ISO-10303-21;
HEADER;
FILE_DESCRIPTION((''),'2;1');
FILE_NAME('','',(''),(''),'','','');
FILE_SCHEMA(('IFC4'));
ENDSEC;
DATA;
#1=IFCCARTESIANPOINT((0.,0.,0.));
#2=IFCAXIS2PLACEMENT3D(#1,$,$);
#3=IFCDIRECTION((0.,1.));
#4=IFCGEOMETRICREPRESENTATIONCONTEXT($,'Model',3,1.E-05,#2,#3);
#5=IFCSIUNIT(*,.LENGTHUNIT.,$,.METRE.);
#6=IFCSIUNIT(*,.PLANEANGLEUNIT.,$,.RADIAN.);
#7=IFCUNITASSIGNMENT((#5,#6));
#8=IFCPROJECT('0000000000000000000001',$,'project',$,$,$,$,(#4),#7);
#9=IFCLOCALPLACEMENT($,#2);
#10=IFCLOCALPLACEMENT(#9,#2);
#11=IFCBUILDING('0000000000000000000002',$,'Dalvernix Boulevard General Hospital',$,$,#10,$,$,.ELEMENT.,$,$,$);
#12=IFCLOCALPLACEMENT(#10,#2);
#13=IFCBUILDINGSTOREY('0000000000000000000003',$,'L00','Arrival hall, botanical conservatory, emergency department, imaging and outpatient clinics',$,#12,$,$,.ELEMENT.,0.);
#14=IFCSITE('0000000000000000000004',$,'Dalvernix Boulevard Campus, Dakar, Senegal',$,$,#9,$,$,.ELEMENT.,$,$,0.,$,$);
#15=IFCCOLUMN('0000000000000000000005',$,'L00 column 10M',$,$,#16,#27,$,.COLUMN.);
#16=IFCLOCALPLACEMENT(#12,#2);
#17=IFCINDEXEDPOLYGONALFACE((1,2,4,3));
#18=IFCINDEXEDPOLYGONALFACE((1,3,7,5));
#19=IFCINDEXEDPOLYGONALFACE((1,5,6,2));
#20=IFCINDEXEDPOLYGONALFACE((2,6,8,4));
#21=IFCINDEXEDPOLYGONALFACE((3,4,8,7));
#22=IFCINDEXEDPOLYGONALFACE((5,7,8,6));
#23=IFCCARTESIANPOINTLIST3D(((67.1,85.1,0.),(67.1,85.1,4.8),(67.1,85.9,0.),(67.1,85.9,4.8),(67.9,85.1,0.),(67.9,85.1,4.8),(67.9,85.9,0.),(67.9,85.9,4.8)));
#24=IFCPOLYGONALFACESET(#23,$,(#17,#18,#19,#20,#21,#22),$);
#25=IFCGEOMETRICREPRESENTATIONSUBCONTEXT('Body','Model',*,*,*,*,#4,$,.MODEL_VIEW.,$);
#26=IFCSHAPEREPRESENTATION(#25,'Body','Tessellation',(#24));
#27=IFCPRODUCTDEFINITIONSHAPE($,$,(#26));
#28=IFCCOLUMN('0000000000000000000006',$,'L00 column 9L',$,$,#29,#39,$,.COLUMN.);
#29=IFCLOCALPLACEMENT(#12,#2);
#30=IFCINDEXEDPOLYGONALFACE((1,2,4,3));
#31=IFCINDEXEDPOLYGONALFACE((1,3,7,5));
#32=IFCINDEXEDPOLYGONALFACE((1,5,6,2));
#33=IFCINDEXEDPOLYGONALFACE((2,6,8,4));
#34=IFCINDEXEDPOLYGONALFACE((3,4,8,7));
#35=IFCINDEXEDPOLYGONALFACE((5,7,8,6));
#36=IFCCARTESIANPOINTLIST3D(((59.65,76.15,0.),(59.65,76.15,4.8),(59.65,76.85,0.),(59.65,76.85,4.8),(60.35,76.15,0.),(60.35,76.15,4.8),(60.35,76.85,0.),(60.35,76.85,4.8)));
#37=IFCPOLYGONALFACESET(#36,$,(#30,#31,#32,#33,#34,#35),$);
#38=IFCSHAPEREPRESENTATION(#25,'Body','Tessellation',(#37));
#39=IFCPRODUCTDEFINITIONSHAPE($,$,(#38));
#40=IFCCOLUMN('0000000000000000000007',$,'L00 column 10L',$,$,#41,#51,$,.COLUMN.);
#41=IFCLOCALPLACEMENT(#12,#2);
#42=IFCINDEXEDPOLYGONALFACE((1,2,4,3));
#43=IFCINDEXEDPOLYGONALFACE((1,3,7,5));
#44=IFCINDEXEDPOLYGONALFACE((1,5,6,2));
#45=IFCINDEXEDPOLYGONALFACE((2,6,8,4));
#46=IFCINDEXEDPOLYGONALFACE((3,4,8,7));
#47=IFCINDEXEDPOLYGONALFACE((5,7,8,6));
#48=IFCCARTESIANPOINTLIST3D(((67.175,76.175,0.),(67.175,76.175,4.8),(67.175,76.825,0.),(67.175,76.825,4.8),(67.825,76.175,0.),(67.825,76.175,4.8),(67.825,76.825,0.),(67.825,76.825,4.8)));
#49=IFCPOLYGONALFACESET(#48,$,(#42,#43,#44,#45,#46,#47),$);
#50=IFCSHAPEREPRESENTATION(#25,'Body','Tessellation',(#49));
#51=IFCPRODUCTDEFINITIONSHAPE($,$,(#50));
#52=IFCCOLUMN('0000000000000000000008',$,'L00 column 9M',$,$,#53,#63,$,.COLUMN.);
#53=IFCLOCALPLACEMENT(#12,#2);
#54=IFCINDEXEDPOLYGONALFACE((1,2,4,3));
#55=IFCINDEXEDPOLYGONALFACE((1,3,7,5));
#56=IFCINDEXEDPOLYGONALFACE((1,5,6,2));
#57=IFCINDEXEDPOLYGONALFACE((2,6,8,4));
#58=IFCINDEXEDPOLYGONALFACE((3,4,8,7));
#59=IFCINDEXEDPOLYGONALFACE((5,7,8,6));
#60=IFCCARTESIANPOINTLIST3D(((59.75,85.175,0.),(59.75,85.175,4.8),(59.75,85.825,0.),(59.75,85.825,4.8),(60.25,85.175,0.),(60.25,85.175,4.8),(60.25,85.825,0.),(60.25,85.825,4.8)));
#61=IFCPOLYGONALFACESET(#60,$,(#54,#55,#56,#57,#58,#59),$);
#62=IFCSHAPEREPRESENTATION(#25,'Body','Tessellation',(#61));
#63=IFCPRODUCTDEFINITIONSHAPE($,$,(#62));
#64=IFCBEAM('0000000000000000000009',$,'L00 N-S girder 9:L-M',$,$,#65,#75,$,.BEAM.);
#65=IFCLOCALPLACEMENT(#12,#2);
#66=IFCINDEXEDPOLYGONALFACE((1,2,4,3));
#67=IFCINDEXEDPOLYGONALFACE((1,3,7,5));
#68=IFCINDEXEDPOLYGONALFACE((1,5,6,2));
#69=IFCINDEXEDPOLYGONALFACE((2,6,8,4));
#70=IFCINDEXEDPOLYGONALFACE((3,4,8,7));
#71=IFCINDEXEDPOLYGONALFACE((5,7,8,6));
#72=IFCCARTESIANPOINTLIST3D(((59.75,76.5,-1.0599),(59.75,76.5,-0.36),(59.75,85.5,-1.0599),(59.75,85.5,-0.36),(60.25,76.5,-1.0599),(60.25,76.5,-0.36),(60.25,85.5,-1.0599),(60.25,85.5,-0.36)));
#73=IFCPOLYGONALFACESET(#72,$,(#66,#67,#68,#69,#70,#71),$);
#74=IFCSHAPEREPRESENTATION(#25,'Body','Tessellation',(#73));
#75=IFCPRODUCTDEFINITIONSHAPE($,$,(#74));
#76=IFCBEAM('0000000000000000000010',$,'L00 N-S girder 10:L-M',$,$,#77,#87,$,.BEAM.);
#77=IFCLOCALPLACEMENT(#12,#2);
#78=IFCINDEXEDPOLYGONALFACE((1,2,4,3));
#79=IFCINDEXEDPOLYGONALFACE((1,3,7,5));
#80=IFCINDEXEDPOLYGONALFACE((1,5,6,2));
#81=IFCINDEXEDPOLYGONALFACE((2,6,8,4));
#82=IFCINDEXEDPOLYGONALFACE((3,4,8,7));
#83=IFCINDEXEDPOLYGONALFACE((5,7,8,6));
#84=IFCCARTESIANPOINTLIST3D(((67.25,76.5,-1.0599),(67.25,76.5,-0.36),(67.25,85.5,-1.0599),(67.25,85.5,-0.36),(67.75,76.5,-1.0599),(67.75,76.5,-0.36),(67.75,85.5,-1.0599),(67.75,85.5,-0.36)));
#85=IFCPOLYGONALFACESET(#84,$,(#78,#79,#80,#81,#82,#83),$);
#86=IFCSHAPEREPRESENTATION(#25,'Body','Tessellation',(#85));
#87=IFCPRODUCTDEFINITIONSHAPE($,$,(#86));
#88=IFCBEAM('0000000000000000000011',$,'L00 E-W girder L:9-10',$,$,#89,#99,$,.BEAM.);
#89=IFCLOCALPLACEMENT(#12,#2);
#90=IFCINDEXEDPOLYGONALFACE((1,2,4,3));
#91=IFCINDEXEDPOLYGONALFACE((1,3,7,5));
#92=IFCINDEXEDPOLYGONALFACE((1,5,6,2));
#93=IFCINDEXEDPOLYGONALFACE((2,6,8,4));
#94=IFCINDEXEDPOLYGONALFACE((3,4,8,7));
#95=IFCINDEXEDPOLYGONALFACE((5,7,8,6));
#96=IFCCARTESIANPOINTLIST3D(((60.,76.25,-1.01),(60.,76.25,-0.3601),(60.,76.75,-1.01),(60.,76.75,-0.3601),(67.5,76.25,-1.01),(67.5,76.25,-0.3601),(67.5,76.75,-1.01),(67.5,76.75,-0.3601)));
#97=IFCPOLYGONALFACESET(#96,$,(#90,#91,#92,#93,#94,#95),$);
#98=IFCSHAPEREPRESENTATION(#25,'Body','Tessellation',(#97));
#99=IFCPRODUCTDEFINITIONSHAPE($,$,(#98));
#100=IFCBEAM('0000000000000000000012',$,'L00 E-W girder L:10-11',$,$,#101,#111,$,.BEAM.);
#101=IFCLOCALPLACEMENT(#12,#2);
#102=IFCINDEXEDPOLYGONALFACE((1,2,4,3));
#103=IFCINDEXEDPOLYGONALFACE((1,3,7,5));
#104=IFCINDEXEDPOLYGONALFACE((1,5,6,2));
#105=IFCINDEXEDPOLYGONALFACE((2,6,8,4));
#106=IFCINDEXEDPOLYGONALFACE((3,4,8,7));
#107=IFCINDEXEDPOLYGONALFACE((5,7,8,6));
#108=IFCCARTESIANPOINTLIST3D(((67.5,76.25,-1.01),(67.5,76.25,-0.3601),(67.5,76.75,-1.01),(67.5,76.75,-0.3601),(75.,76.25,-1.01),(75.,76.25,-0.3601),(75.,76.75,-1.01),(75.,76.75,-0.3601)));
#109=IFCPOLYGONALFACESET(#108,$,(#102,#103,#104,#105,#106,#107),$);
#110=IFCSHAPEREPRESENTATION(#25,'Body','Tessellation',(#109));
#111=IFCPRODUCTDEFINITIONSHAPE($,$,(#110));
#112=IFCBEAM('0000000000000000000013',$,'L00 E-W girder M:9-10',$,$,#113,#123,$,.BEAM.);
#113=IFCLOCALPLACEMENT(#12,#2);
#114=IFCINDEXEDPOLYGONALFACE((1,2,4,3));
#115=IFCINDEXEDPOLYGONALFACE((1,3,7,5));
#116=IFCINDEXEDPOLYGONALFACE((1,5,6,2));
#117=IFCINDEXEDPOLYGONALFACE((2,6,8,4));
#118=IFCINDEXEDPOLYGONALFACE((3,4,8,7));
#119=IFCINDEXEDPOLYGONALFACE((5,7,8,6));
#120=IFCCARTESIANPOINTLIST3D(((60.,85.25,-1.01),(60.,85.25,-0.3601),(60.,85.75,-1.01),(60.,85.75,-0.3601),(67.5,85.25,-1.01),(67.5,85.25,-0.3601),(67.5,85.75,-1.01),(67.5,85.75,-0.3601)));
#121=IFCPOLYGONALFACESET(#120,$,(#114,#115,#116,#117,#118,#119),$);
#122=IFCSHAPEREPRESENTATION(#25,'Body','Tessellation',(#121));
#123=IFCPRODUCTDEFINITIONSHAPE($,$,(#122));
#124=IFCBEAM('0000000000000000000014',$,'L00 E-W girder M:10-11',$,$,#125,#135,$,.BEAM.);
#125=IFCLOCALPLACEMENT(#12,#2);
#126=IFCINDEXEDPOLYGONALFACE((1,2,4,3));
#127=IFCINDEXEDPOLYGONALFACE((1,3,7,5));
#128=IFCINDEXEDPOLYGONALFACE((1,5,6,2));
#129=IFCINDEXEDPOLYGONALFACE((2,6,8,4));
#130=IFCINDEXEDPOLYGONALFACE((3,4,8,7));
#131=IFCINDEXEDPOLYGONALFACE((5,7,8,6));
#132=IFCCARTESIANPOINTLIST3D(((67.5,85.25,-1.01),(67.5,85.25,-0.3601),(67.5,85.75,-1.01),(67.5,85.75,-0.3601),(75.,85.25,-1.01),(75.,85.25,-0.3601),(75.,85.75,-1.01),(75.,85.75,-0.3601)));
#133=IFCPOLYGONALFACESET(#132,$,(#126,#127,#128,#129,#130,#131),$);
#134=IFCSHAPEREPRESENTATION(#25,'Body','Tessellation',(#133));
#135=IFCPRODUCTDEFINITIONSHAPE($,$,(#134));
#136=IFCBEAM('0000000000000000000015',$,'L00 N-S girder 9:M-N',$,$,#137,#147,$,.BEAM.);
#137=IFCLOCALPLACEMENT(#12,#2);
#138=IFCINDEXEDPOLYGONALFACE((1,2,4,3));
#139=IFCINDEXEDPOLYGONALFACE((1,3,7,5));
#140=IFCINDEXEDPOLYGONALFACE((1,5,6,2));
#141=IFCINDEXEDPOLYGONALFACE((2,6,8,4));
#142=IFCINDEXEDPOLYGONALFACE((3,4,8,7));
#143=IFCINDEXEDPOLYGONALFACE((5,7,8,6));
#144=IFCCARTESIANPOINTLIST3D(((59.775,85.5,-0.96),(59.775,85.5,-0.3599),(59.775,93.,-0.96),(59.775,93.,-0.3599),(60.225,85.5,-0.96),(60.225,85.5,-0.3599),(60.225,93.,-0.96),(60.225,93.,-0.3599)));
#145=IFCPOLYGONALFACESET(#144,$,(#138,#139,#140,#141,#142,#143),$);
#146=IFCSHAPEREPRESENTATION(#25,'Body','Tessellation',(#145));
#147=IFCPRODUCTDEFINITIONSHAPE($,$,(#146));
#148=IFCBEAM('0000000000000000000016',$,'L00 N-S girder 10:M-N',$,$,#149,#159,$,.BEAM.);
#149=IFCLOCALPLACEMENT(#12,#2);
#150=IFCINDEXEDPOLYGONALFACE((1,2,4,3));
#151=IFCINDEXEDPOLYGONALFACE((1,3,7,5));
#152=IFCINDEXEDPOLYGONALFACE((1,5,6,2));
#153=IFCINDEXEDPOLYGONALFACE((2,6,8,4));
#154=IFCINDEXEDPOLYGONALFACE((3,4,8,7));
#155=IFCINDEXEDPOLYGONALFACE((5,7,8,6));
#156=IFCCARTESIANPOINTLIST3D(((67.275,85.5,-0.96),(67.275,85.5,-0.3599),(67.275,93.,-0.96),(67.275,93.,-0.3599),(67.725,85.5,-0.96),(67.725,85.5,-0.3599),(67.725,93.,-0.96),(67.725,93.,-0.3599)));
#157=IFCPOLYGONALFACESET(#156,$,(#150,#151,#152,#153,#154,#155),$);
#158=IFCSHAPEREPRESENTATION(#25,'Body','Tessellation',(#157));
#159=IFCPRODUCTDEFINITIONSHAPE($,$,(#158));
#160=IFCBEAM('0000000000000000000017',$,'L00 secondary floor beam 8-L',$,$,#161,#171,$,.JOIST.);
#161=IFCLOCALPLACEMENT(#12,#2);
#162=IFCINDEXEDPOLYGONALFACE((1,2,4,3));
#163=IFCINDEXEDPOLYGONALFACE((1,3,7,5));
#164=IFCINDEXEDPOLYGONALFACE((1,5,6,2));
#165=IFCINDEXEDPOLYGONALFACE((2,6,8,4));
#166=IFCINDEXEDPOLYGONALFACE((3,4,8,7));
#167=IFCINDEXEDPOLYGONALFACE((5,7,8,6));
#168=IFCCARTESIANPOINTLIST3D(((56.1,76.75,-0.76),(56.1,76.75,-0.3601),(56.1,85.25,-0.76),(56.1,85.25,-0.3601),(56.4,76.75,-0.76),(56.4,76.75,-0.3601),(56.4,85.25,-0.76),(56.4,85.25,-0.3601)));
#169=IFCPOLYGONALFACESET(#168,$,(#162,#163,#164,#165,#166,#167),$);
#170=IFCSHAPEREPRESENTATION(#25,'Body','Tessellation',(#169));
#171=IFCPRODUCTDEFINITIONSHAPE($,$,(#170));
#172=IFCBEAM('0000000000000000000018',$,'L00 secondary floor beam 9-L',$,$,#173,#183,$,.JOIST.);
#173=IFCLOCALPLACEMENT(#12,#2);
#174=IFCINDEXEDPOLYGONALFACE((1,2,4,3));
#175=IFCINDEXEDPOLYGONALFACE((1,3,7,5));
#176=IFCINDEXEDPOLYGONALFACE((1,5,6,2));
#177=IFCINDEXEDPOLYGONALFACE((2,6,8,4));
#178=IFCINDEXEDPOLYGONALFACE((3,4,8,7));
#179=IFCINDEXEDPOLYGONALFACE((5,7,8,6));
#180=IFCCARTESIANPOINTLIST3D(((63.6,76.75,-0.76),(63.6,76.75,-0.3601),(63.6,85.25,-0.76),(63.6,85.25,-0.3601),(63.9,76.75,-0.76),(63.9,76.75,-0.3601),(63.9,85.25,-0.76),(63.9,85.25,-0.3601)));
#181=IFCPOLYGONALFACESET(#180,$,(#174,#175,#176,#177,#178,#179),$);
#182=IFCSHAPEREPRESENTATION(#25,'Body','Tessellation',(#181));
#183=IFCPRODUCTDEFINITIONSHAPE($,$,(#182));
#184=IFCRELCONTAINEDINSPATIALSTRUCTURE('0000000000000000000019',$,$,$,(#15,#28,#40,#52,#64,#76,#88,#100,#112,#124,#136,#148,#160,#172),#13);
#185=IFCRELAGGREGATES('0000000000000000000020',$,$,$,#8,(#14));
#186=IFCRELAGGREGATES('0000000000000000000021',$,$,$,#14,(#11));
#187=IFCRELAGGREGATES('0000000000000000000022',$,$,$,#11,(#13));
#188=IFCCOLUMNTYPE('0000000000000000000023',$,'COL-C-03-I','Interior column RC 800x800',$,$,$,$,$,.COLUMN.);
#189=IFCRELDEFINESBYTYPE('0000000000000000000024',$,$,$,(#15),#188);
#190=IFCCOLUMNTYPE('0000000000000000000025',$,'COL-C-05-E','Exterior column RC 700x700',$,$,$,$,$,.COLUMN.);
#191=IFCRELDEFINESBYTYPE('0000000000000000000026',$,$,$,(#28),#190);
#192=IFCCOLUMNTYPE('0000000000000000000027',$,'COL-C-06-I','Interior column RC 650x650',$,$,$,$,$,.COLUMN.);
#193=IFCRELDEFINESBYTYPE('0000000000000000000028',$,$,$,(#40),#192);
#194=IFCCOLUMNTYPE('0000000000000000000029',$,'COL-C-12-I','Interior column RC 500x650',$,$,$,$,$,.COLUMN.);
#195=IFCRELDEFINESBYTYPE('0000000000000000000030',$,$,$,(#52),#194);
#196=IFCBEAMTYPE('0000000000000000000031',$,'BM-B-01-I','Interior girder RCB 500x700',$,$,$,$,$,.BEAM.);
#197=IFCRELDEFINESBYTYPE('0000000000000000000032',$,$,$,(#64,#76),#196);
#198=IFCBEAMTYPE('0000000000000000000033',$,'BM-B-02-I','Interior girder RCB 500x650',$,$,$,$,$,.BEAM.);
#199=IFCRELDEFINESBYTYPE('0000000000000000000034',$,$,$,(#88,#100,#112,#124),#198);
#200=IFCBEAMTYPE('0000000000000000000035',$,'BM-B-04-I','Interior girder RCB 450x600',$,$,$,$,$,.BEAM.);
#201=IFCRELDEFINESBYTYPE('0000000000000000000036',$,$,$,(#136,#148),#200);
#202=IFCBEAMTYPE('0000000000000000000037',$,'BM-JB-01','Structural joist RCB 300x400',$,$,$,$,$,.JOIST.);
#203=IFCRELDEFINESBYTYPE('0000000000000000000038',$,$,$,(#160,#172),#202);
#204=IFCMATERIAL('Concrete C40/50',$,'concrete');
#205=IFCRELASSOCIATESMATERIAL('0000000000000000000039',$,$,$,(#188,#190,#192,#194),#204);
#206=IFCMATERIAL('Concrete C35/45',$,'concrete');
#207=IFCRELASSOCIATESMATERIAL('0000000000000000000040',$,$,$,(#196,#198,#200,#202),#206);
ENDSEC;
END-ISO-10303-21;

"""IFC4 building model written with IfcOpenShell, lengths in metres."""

from ifc_helpers import new_model, si_unit, direction, frame, origin, origin_2d, place, context, subcontext, project, spatial, rectangle, extrude, material, material_profile, profile_set, type_object, element, save


model = new_model("IFC4")

# Units and contexts
model_context = context("Model", 3, precision=1e-05, world=origin(), true_north=direction((0.0, 1.0)))
body_context = subcontext(model_context, "Body", "Model", "MODEL_VIEW")
ifc_project = project(units=[si_unit("LENGTHUNIT", "METRE"), si_unit("PLANEANGLEUNIT", "RADIAN")], contexts=[model_context])

# Site, building, storey
site_placement = place(None, origin())
site = spatial("IfcSite", under=ifc_project, at=site_placement, Name="Dalvernix Boulevard Campus, Dakar, Senegal", CompositionType="ELEMENT", RefElevation=0.0)
building_placement = place(site_placement, origin())
building = spatial("IfcBuilding", under=site, at=building_placement, Name="Dalvernix Boulevard General Hospital", CompositionType="ELEMENT")
storey_placement = place(building_placement, origin())
storey = spatial("IfcBuildingStorey", under=building, at=storey_placement, Name="L00", Description="Arrival hall, botanical conservatory, emergency department, imaging and outpatient clinics", CompositionType="ELEMENT", Elevation=0.0)

# Columns
ifc_material_1 = material(Name="Concrete C40/50", Category="concrete")
ifc_material_profile_1 = material_profile(ifc_material_1, rectangle(XDim=0.8, YDim=0.8, at=origin_2d()), Name="RC 800x800")
ifc_profile_set_1 = profile_set([ifc_material_profile_1], Name="Concrete C40/50")
column_type_1 = type_object("IfcColumnType", Name="COL-C-03-I", Description="Interior column RC 800x800", PredefinedType="COLUMN", material=ifc_profile_set_1)
column_1_placement = place(storey_placement, frame((67.5, 85.5, 0.0), z_axis=(0.0, 0.0, 1.0), x_axis=(1.0, 0.0, 0.0)))
element("IfcColumn", 1, at=column_1_placement, inside=storey, type_object=column_type_1, Name="L00 column 10M", PredefinedType="COLUMN", context=body_context, shape_type="SweptSolid", body=[
    extrude(rectangle(XDim=0.8, YDim=0.8, at=origin_2d()), origin(), (0.0, 0.0, 1.0), 4.8),
])
ifc_material_profile_2 = material_profile(ifc_material_1, rectangle(XDim=0.7, YDim=0.7, at=origin_2d()), Name="RC 700x700")
ifc_profile_set_2 = profile_set([ifc_material_profile_2], Name="Concrete C40/50")
column_type_2 = type_object("IfcColumnType", Name="COL-C-05-E", Description="Exterior column RC 700x700", PredefinedType="COLUMN", material=ifc_profile_set_2)
column_2_placement = place(storey_placement, frame((60.0, 76.5, 0.0), z_axis=(0.0, 0.0, 1.0), x_axis=(1.0, 0.0, 0.0)))
element("IfcColumn", 2, at=column_2_placement, inside=storey, type_object=column_type_2, Name="L00 column 9L", PredefinedType="COLUMN", context=body_context, shape_type="SweptSolid", body=[
    extrude(rectangle(XDim=0.7, YDim=0.7, at=origin_2d()), origin(), (0.0, 0.0, 1.0), 4.8),
])
ifc_material_profile_3 = material_profile(ifc_material_1, rectangle(XDim=0.6499, YDim=0.6499, at=origin_2d()), Name="RC 650x650")
ifc_profile_set_3 = profile_set([ifc_material_profile_3], Name="Concrete C40/50")
column_type_3 = type_object("IfcColumnType", Name="COL-C-06-I", Description="Interior column RC 650x650", PredefinedType="COLUMN", material=ifc_profile_set_3)
column_3_placement = place(storey_placement, frame((67.5, 76.5, 0.0), z_axis=(0.0, 0.0, 1.0), x_axis=(1.0, 0.0, 0.0)))
element("IfcColumn", 3, at=column_3_placement, inside=storey, type_object=column_type_3, Name="L00 column 10L", PredefinedType="COLUMN", context=body_context, shape_type="SweptSolid", body=[
    extrude(rectangle(XDim=0.6499, YDim=0.6499, at=origin_2d()), origin(), (0.0, 0.0, 1.0), 4.8),
])
ifc_material_profile_4 = material_profile(ifc_material_1, rectangle(XDim=0.5, YDim=0.6499, at=origin_2d()), Name="RC 500x650")
ifc_profile_set_4 = profile_set([ifc_material_profile_4], Name="Concrete C40/50")
column_type_4 = type_object("IfcColumnType", Name="COL-C-12-I", Description="Interior column RC 500x650", PredefinedType="COLUMN", material=ifc_profile_set_4)
column_4_placement = place(storey_placement, frame((60.0, 85.5, 0.0), z_axis=(0.0, 0.0, 1.0), x_axis=(1.0, 0.0, 0.0)))
element("IfcColumn", 4, at=column_4_placement, inside=storey, type_object=column_type_4, Name="L00 column 9M", PredefinedType="COLUMN", context=body_context, shape_type="SweptSolid", body=[
    extrude(rectangle(XDim=0.5, YDim=0.6499, at=origin_2d()), origin(), (0.0, 0.0, 1.0), 4.8),
])

# Beams
ifc_material_2 = material(Name="Concrete C35/45", Category="concrete")
ifc_material_profile_5 = material_profile(ifc_material_2, rectangle(XDim=0.5, YDim=0.7, at=origin_2d()), Name="RCB 500x700")
ifc_profile_set_5 = profile_set([ifc_material_profile_5], Name="Concrete C35/45")
beam_type_1 = type_object("IfcBeamType", Name="BM-B-01-I", Description="Interior girder RCB 500x700", PredefinedType="BEAM", material=ifc_profile_set_5)
for number, where, z_axis, x_axis, name in (
    (5, (60.0, 76.5, -0.71), (0.0, 1.0, 0.0), (-1.0, 0.0, 0.0), "L00 N-S girder 9:L-M"),
    (6, (67.5, 76.5, -0.71), (0.0, 1.0, 0.0), (-1.0, 0.0, 0.0), "L00 N-S girder 10:L-M"),
):
    element("IfcBeam", number, at=place(storey_placement, frame(where, z_axis=z_axis, x_axis=x_axis)), inside=storey, type_object=beam_type_1, Name=name, PredefinedType="BEAM", context=body_context, shape_type="SweptSolid", body=[
        extrude(rectangle(XDim=0.5, YDim=0.7, at=origin_2d()), origin(), (0.0, 0.0, 1.0), 9.0),
    ])
ifc_material_profile_6 = material_profile(ifc_material_2, rectangle(XDim=0.5, YDim=0.6499, at=origin_2d()), Name="RCB 500x650")
ifc_profile_set_6 = profile_set([ifc_material_profile_6], Name="Concrete C35/45")
beam_type_2 = type_object("IfcBeamType", Name="BM-B-02-I", Description="Interior girder RCB 500x650", PredefinedType="BEAM", material=ifc_profile_set_6)
for number, where, z_axis, x_axis, name in (
    (7, (60.0, 76.5, -0.6851), (1.0, 0.0, 0.0), (0.0, 1.0, 0.0), "L00 E-W girder L:9-10"),
    (8, (67.5, 76.5, -0.6851), (1.0, 0.0, 0.0), (0.0, 1.0, 0.0), "L00 E-W girder L:10-11"),
    (9, (60.0, 85.5, -0.6851), (1.0, 0.0, 0.0), (0.0, 1.0, 0.0), "L00 E-W girder M:9-10"),
    (10, (67.5, 85.5, -0.6851), (1.0, 0.0, 0.0), (0.0, 1.0, 0.0), "L00 E-W girder M:10-11"),
):
    element("IfcBeam", number, at=place(storey_placement, frame(where, z_axis=z_axis, x_axis=x_axis)), inside=storey, type_object=beam_type_2, Name=name, PredefinedType="BEAM", context=body_context, shape_type="SweptSolid", body=[
        extrude(rectangle(XDim=0.5, YDim=0.6499, at=origin_2d()), origin(), (0.0, 0.0, 1.0), 7.5),
    ])
ifc_material_profile_7 = material_profile(ifc_material_2, rectangle(XDim=0.45, YDim=0.6001, at=origin_2d()), Name="RCB 450x600")
ifc_profile_set_7 = profile_set([ifc_material_profile_7], Name="Concrete C35/45")
beam_type_3 = type_object("IfcBeamType", Name="BM-B-04-I", Description="Interior girder RCB 450x600", PredefinedType="BEAM", material=ifc_profile_set_7)
for number, where, z_axis, x_axis, name in (
    (11, (60.0, 85.5, -0.6599), (0.0, 1.0, 0.0), (-1.0, 0.0, 0.0), "L00 N-S girder 9:M-N"),
    (12, (67.5, 85.5, -0.6599), (0.0, 1.0, 0.0), (-1.0, 0.0, 0.0), "L00 N-S girder 10:M-N"),
):
    element("IfcBeam", number, at=place(storey_placement, frame(where, z_axis=z_axis, x_axis=x_axis)), inside=storey, type_object=beam_type_3, Name=name, PredefinedType="BEAM", context=body_context, shape_type="SweptSolid", body=[
        extrude(rectangle(XDim=0.45, YDim=0.6001, at=origin_2d()), origin(), (0.0, 0.0, 1.0), 7.5),
    ])
ifc_material_profile_8 = material_profile(ifc_material_2, rectangle(XDim=0.3, YDim=0.3999, at=origin_2d()), Name="RCB 300x400")
ifc_profile_set_8 = profile_set([ifc_material_profile_8], Name="Concrete C35/45")
beam_type_4 = type_object("IfcBeamType", Name="BM-JB-01", Description="Structural joist RCB 300x400", PredefinedType="JOIST", material=ifc_profile_set_8)
for number, where, z_axis, x_axis, name in (
    (13, (56.25, 76.75, -0.5601), (0.0, 1.0, 0.0), (-1.0, 0.0, 0.0), "L00 secondary floor beam 8-L"),
    (14, (63.75, 76.75, -0.5601), (0.0, 1.0, 0.0), (-1.0, 0.0, 0.0), "L00 secondary floor beam 9-L"),
):
    element("IfcBeam", number, at=place(storey_placement, frame(where, z_axis=z_axis, x_axis=x_axis)), inside=storey, type_object=beam_type_4, Name=name, PredefinedType="JOIST", context=body_context, shape_type="SweptSolid", body=[
        extrude(rectangle(XDim=0.3, YDim=0.3999, at=origin_2d()), origin(), (0.0, 0.0, 1.0), 8.5),
    ])

save(model, "model.ifc")
